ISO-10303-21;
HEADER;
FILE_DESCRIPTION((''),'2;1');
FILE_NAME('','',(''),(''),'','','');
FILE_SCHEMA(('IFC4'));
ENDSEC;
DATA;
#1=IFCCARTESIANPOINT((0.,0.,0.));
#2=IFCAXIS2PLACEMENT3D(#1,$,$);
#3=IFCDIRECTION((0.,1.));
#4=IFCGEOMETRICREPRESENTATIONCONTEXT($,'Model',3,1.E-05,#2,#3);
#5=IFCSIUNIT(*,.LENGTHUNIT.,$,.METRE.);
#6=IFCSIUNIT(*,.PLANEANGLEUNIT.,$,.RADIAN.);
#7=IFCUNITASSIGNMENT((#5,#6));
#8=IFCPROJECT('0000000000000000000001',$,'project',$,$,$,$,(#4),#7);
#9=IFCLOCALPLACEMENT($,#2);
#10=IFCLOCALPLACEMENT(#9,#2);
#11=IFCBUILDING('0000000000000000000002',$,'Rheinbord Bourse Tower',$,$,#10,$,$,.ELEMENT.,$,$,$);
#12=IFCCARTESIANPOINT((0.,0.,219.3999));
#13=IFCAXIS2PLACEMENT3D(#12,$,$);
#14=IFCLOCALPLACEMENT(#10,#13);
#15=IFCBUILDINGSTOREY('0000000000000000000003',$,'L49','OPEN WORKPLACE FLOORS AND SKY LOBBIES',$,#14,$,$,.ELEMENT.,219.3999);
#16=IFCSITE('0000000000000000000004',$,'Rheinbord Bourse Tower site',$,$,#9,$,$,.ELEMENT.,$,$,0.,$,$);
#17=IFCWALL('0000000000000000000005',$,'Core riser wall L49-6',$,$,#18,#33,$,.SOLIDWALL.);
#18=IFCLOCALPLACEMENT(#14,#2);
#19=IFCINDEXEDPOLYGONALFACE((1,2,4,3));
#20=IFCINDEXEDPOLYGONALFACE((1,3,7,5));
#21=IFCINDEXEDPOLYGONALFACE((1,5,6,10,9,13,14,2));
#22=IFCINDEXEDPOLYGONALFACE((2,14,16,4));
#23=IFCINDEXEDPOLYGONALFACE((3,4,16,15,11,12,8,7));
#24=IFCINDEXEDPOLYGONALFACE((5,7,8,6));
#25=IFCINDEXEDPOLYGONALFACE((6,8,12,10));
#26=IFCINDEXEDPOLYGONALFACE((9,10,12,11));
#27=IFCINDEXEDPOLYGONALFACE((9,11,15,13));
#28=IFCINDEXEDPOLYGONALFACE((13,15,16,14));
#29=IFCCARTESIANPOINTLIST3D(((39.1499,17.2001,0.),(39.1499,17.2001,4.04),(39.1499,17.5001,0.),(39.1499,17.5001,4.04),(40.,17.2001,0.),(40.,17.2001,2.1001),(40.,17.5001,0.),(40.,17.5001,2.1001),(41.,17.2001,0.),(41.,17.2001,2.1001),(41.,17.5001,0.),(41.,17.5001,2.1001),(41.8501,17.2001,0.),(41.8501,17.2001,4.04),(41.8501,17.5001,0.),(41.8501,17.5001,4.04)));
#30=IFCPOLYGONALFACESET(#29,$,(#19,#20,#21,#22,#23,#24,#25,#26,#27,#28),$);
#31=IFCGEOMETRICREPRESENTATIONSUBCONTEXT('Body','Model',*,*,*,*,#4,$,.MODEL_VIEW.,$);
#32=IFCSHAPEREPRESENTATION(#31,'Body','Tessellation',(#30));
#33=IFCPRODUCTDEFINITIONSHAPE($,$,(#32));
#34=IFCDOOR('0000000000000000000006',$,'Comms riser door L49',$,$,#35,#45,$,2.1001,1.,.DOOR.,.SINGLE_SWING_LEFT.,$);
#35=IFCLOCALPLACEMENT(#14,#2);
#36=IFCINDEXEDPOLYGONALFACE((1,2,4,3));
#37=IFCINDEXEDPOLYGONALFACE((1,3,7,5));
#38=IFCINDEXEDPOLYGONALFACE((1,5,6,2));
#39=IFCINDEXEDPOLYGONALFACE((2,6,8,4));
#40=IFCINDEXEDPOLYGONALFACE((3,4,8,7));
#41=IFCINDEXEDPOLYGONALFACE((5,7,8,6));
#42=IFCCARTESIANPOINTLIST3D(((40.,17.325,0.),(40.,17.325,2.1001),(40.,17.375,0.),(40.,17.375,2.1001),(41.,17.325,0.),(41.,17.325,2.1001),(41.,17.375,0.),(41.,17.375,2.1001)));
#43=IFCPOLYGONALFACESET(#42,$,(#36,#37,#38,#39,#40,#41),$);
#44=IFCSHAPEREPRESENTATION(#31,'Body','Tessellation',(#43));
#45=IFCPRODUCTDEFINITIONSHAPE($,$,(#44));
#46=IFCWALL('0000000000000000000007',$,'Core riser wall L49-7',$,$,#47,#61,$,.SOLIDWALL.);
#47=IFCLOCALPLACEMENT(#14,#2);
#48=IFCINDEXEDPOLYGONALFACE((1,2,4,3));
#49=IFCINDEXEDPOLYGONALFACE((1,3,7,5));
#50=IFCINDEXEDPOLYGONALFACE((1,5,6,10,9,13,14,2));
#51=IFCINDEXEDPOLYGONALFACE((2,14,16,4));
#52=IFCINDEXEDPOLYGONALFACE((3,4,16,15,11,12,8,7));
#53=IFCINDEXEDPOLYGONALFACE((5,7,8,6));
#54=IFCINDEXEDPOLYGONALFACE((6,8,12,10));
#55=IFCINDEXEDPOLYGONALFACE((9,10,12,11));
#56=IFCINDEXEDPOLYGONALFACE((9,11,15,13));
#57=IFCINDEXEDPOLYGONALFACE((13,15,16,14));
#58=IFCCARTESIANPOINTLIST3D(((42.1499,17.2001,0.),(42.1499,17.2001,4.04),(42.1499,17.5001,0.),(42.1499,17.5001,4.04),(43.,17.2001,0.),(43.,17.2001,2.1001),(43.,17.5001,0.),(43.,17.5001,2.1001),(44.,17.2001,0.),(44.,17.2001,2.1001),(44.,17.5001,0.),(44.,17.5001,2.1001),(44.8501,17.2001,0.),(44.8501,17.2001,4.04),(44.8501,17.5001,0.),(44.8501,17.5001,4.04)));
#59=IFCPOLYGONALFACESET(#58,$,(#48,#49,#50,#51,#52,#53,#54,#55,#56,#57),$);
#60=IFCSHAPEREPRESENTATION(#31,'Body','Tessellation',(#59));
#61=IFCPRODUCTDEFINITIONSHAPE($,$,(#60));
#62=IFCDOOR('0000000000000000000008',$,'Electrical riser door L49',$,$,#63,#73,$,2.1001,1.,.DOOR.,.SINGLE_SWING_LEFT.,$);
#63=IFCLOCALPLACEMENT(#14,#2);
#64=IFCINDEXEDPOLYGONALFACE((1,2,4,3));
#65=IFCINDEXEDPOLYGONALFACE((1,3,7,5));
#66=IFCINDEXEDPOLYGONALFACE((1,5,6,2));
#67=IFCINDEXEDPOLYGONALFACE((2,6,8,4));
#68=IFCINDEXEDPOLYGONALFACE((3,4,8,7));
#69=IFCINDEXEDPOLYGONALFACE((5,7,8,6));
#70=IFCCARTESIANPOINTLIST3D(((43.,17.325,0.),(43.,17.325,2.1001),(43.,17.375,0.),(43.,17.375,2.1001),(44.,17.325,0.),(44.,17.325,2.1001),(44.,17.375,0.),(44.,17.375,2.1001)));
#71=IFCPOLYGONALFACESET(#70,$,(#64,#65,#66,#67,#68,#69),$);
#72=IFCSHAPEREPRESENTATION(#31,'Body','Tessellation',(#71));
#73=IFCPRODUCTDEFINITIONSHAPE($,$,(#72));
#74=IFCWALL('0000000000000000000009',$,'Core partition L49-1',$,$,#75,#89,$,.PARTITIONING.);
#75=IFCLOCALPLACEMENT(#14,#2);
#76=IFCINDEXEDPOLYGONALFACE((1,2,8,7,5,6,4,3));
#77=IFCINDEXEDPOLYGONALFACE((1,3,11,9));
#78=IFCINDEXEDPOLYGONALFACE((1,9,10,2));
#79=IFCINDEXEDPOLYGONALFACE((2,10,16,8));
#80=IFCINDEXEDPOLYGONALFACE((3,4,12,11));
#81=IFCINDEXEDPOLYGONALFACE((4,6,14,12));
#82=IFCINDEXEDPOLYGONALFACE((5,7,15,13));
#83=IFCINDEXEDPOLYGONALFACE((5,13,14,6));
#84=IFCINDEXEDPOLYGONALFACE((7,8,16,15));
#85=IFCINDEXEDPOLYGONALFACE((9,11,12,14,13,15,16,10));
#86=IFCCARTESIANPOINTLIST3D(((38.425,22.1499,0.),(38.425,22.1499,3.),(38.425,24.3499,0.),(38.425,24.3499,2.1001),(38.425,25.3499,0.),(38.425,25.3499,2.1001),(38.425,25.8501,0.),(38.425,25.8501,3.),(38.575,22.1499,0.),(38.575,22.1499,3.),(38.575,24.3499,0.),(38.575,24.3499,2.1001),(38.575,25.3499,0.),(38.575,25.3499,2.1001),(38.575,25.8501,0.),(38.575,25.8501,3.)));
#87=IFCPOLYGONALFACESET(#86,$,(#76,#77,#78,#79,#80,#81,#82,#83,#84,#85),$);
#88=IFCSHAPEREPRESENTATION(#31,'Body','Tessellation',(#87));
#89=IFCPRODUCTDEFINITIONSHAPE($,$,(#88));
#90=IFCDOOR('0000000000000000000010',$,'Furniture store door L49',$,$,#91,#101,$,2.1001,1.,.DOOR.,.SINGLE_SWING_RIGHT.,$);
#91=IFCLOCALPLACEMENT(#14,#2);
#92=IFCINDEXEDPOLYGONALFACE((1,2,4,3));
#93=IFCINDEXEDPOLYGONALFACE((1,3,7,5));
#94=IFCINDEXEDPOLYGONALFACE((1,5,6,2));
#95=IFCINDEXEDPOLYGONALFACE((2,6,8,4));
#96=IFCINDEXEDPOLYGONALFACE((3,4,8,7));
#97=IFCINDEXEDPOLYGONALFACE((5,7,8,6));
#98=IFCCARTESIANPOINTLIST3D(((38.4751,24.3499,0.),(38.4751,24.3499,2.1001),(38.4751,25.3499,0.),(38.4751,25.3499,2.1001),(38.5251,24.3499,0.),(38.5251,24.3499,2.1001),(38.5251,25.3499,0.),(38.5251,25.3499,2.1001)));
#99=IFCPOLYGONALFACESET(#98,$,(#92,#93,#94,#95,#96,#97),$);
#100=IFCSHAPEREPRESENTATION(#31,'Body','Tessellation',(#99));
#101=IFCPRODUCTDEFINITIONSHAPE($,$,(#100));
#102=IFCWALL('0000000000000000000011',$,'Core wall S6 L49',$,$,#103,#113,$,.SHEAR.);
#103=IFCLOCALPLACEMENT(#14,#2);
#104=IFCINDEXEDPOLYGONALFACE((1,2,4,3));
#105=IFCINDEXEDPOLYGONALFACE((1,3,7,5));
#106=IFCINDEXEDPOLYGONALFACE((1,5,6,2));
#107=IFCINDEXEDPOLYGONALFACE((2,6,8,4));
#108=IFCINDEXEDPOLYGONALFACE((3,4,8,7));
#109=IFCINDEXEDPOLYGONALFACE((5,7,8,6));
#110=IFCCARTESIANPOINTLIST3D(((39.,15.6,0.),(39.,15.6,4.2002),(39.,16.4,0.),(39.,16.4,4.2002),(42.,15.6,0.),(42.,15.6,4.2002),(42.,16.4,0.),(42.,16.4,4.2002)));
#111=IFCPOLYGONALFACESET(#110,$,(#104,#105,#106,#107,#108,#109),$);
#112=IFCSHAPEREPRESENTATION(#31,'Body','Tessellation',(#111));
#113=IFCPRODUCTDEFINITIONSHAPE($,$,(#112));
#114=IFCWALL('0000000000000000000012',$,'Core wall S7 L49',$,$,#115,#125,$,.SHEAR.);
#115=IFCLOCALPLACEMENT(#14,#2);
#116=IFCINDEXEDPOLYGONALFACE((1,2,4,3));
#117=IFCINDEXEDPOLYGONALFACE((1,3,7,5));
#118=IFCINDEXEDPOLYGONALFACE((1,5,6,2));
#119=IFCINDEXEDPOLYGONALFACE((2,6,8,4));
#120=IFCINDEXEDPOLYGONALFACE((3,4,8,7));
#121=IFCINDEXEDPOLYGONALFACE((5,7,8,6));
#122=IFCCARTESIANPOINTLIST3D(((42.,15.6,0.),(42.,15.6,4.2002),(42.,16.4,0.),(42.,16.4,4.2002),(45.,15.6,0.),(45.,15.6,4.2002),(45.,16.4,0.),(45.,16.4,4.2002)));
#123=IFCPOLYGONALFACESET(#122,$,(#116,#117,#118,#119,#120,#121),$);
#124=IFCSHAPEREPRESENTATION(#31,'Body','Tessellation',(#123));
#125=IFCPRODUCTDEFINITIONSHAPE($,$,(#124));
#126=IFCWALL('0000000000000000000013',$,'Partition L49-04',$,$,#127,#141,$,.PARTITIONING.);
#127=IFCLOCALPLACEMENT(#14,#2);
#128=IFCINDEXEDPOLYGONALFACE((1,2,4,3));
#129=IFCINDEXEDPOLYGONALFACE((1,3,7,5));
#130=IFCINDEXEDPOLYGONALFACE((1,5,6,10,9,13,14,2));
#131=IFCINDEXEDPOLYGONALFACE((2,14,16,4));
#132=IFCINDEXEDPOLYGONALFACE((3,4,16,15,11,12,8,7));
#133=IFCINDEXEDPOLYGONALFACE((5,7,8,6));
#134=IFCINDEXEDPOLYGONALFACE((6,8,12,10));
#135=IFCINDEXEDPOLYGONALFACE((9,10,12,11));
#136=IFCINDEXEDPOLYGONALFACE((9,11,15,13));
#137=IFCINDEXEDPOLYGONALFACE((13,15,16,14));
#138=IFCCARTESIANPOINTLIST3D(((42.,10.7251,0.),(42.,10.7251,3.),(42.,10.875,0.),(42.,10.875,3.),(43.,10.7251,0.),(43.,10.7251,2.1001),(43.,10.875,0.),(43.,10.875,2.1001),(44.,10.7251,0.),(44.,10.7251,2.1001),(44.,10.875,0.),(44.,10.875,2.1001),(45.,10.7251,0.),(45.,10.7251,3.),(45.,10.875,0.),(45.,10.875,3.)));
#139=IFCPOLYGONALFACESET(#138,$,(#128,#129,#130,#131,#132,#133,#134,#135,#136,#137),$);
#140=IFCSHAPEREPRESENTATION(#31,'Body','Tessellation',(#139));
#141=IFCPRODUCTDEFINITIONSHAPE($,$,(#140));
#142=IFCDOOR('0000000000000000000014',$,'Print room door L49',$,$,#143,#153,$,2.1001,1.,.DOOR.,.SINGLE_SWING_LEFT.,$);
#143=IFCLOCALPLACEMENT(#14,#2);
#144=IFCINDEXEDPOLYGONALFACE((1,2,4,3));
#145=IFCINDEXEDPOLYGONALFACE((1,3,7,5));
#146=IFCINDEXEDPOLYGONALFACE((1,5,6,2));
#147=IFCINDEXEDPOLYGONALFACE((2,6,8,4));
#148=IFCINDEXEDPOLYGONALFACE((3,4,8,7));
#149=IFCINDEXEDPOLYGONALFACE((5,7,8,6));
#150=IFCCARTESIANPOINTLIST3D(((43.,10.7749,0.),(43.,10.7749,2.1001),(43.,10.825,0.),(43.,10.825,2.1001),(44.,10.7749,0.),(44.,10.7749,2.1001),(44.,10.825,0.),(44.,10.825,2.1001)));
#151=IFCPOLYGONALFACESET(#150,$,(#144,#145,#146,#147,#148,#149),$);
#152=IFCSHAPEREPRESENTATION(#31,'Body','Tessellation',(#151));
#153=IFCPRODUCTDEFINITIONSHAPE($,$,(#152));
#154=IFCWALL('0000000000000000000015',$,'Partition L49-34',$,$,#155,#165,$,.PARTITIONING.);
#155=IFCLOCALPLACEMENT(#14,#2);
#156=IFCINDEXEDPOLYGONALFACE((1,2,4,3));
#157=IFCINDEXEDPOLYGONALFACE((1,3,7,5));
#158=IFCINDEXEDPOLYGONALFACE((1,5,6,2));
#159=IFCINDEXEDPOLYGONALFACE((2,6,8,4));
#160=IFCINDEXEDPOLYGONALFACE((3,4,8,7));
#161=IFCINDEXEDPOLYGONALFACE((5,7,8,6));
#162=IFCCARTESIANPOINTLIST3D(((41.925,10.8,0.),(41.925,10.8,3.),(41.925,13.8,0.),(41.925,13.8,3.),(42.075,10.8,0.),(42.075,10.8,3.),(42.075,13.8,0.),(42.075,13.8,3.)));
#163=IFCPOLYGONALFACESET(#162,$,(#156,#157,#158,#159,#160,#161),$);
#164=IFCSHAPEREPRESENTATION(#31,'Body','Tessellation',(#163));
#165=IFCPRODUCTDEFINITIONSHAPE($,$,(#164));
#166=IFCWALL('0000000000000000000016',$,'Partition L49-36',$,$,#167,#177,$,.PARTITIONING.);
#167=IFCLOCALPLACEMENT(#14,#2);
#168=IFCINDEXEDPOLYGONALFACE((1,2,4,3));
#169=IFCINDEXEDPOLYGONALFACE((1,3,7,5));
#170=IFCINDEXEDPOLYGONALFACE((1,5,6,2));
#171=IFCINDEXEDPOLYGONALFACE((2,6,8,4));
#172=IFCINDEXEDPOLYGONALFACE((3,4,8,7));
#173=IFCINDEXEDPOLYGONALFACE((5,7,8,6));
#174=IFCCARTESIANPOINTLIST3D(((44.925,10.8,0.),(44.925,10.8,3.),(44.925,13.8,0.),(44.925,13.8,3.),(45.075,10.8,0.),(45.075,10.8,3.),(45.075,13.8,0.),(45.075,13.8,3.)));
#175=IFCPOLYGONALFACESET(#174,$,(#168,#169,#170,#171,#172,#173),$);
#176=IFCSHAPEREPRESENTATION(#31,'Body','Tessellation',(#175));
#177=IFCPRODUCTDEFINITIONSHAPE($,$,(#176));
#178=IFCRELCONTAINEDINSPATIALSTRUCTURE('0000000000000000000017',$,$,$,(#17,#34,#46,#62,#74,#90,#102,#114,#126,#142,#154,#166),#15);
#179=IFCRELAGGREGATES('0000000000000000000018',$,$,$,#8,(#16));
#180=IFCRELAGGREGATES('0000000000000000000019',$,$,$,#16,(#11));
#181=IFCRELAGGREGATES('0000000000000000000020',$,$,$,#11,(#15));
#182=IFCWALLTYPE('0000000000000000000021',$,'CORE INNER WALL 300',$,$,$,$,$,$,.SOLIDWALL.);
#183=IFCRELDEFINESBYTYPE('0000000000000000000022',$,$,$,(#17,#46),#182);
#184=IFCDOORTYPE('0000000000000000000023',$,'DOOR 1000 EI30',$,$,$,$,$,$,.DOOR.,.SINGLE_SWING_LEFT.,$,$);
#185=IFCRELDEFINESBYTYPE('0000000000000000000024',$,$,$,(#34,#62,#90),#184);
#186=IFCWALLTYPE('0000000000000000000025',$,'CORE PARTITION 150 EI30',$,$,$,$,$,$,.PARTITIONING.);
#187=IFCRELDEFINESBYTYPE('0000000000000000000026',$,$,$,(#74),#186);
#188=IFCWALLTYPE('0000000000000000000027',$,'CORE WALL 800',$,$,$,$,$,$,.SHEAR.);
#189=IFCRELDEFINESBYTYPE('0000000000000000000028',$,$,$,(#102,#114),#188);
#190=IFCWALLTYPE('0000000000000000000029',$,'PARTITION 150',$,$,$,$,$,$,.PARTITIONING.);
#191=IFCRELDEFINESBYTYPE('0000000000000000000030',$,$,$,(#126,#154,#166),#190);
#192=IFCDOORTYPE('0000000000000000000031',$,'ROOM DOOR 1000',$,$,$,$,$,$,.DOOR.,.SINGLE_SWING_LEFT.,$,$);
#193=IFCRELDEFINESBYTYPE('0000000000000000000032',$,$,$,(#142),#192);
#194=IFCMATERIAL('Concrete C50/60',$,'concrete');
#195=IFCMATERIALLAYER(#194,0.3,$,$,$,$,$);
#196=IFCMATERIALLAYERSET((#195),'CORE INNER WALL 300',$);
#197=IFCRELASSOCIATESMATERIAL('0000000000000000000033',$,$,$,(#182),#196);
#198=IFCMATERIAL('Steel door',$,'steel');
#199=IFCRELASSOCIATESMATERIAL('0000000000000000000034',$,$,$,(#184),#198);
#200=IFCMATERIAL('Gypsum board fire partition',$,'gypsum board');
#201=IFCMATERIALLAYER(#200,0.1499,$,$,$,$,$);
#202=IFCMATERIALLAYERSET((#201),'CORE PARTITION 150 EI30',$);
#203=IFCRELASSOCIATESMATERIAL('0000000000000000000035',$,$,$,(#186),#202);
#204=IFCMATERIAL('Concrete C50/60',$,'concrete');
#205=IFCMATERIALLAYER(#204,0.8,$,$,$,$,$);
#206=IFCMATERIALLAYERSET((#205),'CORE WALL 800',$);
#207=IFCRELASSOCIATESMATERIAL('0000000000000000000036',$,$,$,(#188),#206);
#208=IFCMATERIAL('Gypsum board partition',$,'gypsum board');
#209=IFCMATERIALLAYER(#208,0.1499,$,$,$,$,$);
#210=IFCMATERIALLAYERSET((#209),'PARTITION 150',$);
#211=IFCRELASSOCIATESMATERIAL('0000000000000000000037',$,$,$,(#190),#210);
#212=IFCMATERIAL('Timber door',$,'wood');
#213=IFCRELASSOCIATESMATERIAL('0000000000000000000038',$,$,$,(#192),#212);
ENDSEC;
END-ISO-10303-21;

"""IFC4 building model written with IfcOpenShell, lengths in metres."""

from ifc_helpers import new_model, si_unit, direction, frame, frame_2d, origin, place, context, subcontext, project, spatial, rectangle, extrude, material, layer, layer_set, type_object, element, fill, save


model = new_model("IFC4")

# Units and contexts
model_context = context("Model", 3, precision=1e-05, world=origin(), true_north=direction((0.0, 1.0)))
body_context = subcontext(model_context, "Body", "Model", "MODEL_VIEW")
ifc_project = project(units=[si_unit("LENGTHUNIT", "METRE"), si_unit("PLANEANGLEUNIT", "RADIAN")], contexts=[model_context])

# Site, building, storey
site_placement = place(None, origin())
site = spatial("IfcSite", under=ifc_project, at=site_placement, Name="Rheinbord Bourse Tower site", CompositionType="ELEMENT", RefElevation=0.0)
building_placement = place(site_placement, origin())
building = spatial("IfcBuilding", under=site, at=building_placement, Name="Rheinbord Bourse Tower", CompositionType="ELEMENT")
storey_placement = place(building_placement, frame((0.0, 0.0, 219.3999)))
storey = spatial("IfcBuildingStorey", under=building, at=storey_placement, Name="L49", Description="OPEN WORKPLACE FLOORS AND SKY LOBBIES", CompositionType="ELEMENT", Elevation=219.3999)

# Shared definitions
ifc_material_1 = material(Name="Concrete C50/60", Category="concrete")
ifc_layer_1 = layer(ifc_material_1, 0.3)
ifc_layer_set_1 = layer_set([ifc_layer_1], Name="CORE INNER WALL 300")
wall_type_1 = type_object("IfcWallType", Name="CORE INNER WALL 300", PredefinedType="SOLIDWALL", material=ifc_layer_set_1)
ifc_material_2 = material(Name="Steel door", Category="steel")
door_type_1 = type_object("IfcDoorType", Name="DOOR 1000 EI30", OperationType="SINGLE_SWING_LEFT", PredefinedType="DOOR", material=ifc_material_2)

# Walls, openings, doors
wall_1_placement = place(storey_placement, frame((39.1499, 17.3501, 0.0), z_axis=(0.0, 0.0, 1.0), x_axis=(1.0, 0.0, 0.0)))
wall_1 = element("IfcWall", 1, at=wall_1_placement, inside=storey, type_object=wall_type_1, Name="Core riser wall L49-6", PredefinedType="SOLIDWALL", context=body_context, shape_type="SweptSolid", body=[
    extrude(rectangle(XDim=2.7002, YDim=0.3, at=frame_2d((1.3501, 0.0))), origin(), (0.0, 0.0, 1.0), 4.04),
])
opening_1_placement = place(wall_1_placement, frame((0.8501, 0.0, 0.0)))
opening_1 = element("IfcOpeningElement", 2, at=opening_1_placement, cuts=wall_1, PredefinedType="OPENING", context=body_context, shape_type="SweptSolid", body=[
    extrude(rectangle(XDim=1.0, YDim=2.1001, at=frame_2d((0.5, 1.05))), frame((0.0, 0.1599, 0.0), z_axis=(0.0, -1.0, 0.0), x_axis=(1.0, 0.0, 0.0)), (0.0, 0.0, 1.0), 0.3201),
])
door_1_placement = place(opening_1_placement, origin())
door_1 = element("IfcDoor", 3, at=door_1_placement, inside=storey, type_object=door_type_1, Name="Comms riser door L49", OperationType="SINGLE_SWING_LEFT", OverallHeight=2.1001, OverallWidth=1.0, PredefinedType="DOOR", context=body_context, shape_type="SweptSolid", body=[
    extrude(rectangle(XDim=1.0, YDim=2.1001, at=frame_2d((0.5, 1.05))), frame((0.0, 0.0249, 0.0), z_axis=(0.0, -1.0, 0.0), x_axis=(1.0, 0.0, 0.0)), (0.0, 0.0, 1.0), 0.05),
])
fill(opening_1, door_1)
wall_2_placement = place(storey_placement, frame((42.1499, 17.3501, 0.0), z_axis=(0.0, 0.0, 1.0), x_axis=(1.0, 0.0, 0.0)))
wall_2 = element("IfcWall", 4, at=wall_2_placement, inside=storey, type_object=wall_type_1, Name="Core riser wall L49-7", PredefinedType="SOLIDWALL", context=body_context, shape_type="SweptSolid", body=[
    extrude(rectangle(XDim=2.7002, YDim=0.3, at=frame_2d((1.3501, 0.0))), origin(), (0.0, 0.0, 1.0), 4.04),
])
opening_2_placement = place(wall_2_placement, frame((0.8501, 0.0, 0.0)))
opening_2 = element("IfcOpeningElement", 5, at=opening_2_placement, cuts=wall_2, PredefinedType="OPENING", context=body_context, shape_type="SweptSolid", body=[
    extrude(rectangle(XDim=1.0, YDim=2.1001, at=frame_2d((0.5, 1.05))), frame((0.0, 0.1599, 0.0), z_axis=(0.0, -1.0, 0.0), x_axis=(1.0, 0.0, 0.0)), (0.0, 0.0, 1.0), 0.3201),
])
door_2_placement = place(opening_2_placement, origin())
door_2 = element("IfcDoor", 6, at=door_2_placement, inside=storey, type_object=door_type_1, Name="Electrical riser door L49", OperationType="SINGLE_SWING_LEFT", OverallHeight=2.1001, OverallWidth=1.0, PredefinedType="DOOR", context=body_context, shape_type="SweptSolid", body=[
    extrude(rectangle(XDim=1.0, YDim=2.1001, at=frame_2d((0.5, 1.05))), frame((0.0, 0.0249, 0.0), z_axis=(0.0, -1.0, 0.0), x_axis=(1.0, 0.0, 0.0)), (0.0, 0.0, 1.0), 0.05),
])
fill(opening_2, door_2)
ifc_material_3 = material(Name="Gypsum board fire partition", Category="gypsum board")
ifc_layer_2 = layer(ifc_material_3, 0.1499)
ifc_layer_set_2 = layer_set([ifc_layer_2], Name="CORE PARTITION 150 EI30")
wall_type_2 = type_object("IfcWallType", Name="CORE PARTITION 150 EI30", PredefinedType="PARTITIONING", material=ifc_layer_set_2)
wall_3_placement = place(storey_placement, frame((38.5, 22.1499, 0.0), z_axis=(0.0, 0.0, 1.0), x_axis=(0.0, 1.0, 0.0)))
wall_3 = element("IfcWall", 7, at=wall_3_placement, inside=storey, type_object=wall_type_2, Name="Core partition L49-1", PredefinedType="PARTITIONING", context=body_context, shape_type="SweptSolid", body=[
    extrude(rectangle(XDim=3.7002, YDim=0.1499, at=frame_2d((1.8501, 0.0))), origin(), (0.0, 0.0, 1.0), 3.0),
])
opening_3_placement = place(wall_3_placement, frame((2.2, 0.0, 0.0)))
opening_3 = element("IfcOpeningElement", 8, at=opening_3_placement, cuts=wall_3, PredefinedType="OPENING", context=body_context, shape_type="SweptSolid", body=[
    extrude(rectangle(XDim=1.0, YDim=2.1001, at=frame_2d((0.5, 1.05))), frame((0.0, 0.085, 0.0), z_axis=(0.0, -1.0, 0.0), x_axis=(1.0, 0.0, 0.0)), (0.0, 0.0, 1.0), 0.1699),
])
door_3_placement = place(opening_3_placement, origin())
door_3 = element("IfcDoor", 9, at=door_3_placement, inside=storey, type_object=door_type_1, Name="Furniture store door L49", OperationType="SINGLE_SWING_RIGHT", OverallHeight=2.1001, OverallWidth=1.0, PredefinedType="DOOR", context=body_context, shape_type="SweptSolid", body=[
    extrude(rectangle(XDim=1.0, YDim=2.1001, at=frame_2d((0.5, 1.05))), frame((0.0, 0.0249, 0.0), z_axis=(0.0, -1.0, 0.0), x_axis=(1.0, 0.0, 0.0)), (0.0, 0.0, 1.0), 0.05),
])
fill(opening_3, door_3)

# Walls
ifc_material_4 = material(Name="Concrete C50/60", Category="concrete")
ifc_layer_3 = layer(ifc_material_4, 0.8)
ifc_layer_set_3 = layer_set([ifc_layer_3], Name="CORE WALL 800")
wall_type_3 = type_object("IfcWallType", Name="CORE WALL 800", PredefinedType="SHEAR", material=ifc_layer_set_3)
for number, where, z_axis, x_axis, name in (
    (10, (39.0, 16.0, 0.0), (0.0, 0.0, 1.0), (1.0, 0.0, 0.0), "Core wall S6 L49"),
    (11, (42.0, 16.0, 0.0), (0.0, 0.0, 1.0), (1.0, 0.0, 0.0), "Core wall S7 L49"),
):
    element("IfcWall", number, at=place(storey_placement, frame(where, z_axis=z_axis, x_axis=x_axis)), inside=storey, type_object=wall_type_3, Name=name, PredefinedType="SHEAR", context=body_context, shape_type="SweptSolid", body=[
        extrude(rectangle(XDim=3.0, YDim=0.8, at=frame_2d((1.5, 0.0))), origin(), (0.0, 0.0, 1.0), 4.2002),
    ])

# Wall, opening, door
ifc_material_5 = material(Name="Gypsum board partition", Category="gypsum board")
ifc_layer_4 = layer(ifc_material_5, 0.1499)
ifc_layer_set_4 = layer_set([ifc_layer_4], Name="PARTITION 150")
wall_type_4 = type_object("IfcWallType", Name="PARTITION 150", PredefinedType="PARTITIONING", material=ifc_layer_set_4)
wall_4_placement = place(storey_placement, frame((42.0, 10.8, 0.0), z_axis=(0.0, 0.0, 1.0), x_axis=(1.0, 0.0, 0.0)))
wall_4 = element("IfcWall", 12, at=wall_4_placement, inside=storey, type_object=wall_type_4, Name="Partition L49-04", PredefinedType="PARTITIONING", context=body_context, shape_type="SweptSolid", body=[
    extrude(rectangle(XDim=3.0, YDim=0.1499, at=frame_2d((1.5, 0.0))), origin(), (0.0, 0.0, 1.0), 3.0),
])
opening_4_placement = place(wall_4_placement, frame((1.0, 0.0, 0.0)))
opening_4 = element("IfcOpeningElement", 13, at=opening_4_placement, cuts=wall_4, PredefinedType="OPENING", context=body_context, shape_type="SweptSolid", body=[
    extrude(rectangle(XDim=1.0, YDim=2.1001, at=frame_2d((0.5, 1.05))), frame((0.0, 0.085, 0.0), z_axis=(0.0, -1.0, 0.0), x_axis=(1.0, 0.0, 0.0)), (0.0, 0.0, 1.0), 0.1699),
])
ifc_material_6 = material(Name="Timber door", Category="wood")
door_type_2 = type_object("IfcDoorType", Name="ROOM DOOR 1000", OperationType="SINGLE_SWING_LEFT", PredefinedType="DOOR", material=ifc_material_6)
door_4_placement = place(opening_4_placement, origin())
door_4 = element("IfcDoor", 14, at=door_4_placement, inside=storey, type_object=door_type_2, Name="Print room door L49", OperationType="SINGLE_SWING_LEFT", OverallHeight=2.1001, OverallWidth=1.0, PredefinedType="DOOR", context=body_context, shape_type="SweptSolid", body=[
    extrude(rectangle(XDim=1.0, YDim=2.1001, at=frame_2d((0.5, 1.05))), frame((0.0, 0.0249, 0.0), z_axis=(0.0, -1.0, 0.0), x_axis=(1.0, 0.0, 0.0)), (0.0, 0.0, 1.0), 0.05),
])
fill(opening_4, door_4)

# Walls
for number, where, z_axis, x_axis, name in (
    (15, (42.0, 10.8, 0.0), (0.0, 0.0, 1.0), (0.0, 1.0, 0.0), "Partition L49-34"),
    (16, (45.0, 10.8, 0.0), (0.0, 0.0, 1.0), (0.0, 1.0, 0.0), "Partition L49-36"),
):
    element("IfcWall", number, at=place(storey_placement, frame(where, z_axis=z_axis, x_axis=x_axis)), inside=storey, type_object=wall_type_4, Name=name, PredefinedType="PARTITIONING", context=body_context, shape_type="SweptSolid", body=[
        extrude(rectangle(XDim=3.0, YDim=0.1499, at=frame_2d((1.5, 0.0))), origin(), (0.0, 0.0, 1.0), 3.0),
    ])

save(model, "model.ifc")
